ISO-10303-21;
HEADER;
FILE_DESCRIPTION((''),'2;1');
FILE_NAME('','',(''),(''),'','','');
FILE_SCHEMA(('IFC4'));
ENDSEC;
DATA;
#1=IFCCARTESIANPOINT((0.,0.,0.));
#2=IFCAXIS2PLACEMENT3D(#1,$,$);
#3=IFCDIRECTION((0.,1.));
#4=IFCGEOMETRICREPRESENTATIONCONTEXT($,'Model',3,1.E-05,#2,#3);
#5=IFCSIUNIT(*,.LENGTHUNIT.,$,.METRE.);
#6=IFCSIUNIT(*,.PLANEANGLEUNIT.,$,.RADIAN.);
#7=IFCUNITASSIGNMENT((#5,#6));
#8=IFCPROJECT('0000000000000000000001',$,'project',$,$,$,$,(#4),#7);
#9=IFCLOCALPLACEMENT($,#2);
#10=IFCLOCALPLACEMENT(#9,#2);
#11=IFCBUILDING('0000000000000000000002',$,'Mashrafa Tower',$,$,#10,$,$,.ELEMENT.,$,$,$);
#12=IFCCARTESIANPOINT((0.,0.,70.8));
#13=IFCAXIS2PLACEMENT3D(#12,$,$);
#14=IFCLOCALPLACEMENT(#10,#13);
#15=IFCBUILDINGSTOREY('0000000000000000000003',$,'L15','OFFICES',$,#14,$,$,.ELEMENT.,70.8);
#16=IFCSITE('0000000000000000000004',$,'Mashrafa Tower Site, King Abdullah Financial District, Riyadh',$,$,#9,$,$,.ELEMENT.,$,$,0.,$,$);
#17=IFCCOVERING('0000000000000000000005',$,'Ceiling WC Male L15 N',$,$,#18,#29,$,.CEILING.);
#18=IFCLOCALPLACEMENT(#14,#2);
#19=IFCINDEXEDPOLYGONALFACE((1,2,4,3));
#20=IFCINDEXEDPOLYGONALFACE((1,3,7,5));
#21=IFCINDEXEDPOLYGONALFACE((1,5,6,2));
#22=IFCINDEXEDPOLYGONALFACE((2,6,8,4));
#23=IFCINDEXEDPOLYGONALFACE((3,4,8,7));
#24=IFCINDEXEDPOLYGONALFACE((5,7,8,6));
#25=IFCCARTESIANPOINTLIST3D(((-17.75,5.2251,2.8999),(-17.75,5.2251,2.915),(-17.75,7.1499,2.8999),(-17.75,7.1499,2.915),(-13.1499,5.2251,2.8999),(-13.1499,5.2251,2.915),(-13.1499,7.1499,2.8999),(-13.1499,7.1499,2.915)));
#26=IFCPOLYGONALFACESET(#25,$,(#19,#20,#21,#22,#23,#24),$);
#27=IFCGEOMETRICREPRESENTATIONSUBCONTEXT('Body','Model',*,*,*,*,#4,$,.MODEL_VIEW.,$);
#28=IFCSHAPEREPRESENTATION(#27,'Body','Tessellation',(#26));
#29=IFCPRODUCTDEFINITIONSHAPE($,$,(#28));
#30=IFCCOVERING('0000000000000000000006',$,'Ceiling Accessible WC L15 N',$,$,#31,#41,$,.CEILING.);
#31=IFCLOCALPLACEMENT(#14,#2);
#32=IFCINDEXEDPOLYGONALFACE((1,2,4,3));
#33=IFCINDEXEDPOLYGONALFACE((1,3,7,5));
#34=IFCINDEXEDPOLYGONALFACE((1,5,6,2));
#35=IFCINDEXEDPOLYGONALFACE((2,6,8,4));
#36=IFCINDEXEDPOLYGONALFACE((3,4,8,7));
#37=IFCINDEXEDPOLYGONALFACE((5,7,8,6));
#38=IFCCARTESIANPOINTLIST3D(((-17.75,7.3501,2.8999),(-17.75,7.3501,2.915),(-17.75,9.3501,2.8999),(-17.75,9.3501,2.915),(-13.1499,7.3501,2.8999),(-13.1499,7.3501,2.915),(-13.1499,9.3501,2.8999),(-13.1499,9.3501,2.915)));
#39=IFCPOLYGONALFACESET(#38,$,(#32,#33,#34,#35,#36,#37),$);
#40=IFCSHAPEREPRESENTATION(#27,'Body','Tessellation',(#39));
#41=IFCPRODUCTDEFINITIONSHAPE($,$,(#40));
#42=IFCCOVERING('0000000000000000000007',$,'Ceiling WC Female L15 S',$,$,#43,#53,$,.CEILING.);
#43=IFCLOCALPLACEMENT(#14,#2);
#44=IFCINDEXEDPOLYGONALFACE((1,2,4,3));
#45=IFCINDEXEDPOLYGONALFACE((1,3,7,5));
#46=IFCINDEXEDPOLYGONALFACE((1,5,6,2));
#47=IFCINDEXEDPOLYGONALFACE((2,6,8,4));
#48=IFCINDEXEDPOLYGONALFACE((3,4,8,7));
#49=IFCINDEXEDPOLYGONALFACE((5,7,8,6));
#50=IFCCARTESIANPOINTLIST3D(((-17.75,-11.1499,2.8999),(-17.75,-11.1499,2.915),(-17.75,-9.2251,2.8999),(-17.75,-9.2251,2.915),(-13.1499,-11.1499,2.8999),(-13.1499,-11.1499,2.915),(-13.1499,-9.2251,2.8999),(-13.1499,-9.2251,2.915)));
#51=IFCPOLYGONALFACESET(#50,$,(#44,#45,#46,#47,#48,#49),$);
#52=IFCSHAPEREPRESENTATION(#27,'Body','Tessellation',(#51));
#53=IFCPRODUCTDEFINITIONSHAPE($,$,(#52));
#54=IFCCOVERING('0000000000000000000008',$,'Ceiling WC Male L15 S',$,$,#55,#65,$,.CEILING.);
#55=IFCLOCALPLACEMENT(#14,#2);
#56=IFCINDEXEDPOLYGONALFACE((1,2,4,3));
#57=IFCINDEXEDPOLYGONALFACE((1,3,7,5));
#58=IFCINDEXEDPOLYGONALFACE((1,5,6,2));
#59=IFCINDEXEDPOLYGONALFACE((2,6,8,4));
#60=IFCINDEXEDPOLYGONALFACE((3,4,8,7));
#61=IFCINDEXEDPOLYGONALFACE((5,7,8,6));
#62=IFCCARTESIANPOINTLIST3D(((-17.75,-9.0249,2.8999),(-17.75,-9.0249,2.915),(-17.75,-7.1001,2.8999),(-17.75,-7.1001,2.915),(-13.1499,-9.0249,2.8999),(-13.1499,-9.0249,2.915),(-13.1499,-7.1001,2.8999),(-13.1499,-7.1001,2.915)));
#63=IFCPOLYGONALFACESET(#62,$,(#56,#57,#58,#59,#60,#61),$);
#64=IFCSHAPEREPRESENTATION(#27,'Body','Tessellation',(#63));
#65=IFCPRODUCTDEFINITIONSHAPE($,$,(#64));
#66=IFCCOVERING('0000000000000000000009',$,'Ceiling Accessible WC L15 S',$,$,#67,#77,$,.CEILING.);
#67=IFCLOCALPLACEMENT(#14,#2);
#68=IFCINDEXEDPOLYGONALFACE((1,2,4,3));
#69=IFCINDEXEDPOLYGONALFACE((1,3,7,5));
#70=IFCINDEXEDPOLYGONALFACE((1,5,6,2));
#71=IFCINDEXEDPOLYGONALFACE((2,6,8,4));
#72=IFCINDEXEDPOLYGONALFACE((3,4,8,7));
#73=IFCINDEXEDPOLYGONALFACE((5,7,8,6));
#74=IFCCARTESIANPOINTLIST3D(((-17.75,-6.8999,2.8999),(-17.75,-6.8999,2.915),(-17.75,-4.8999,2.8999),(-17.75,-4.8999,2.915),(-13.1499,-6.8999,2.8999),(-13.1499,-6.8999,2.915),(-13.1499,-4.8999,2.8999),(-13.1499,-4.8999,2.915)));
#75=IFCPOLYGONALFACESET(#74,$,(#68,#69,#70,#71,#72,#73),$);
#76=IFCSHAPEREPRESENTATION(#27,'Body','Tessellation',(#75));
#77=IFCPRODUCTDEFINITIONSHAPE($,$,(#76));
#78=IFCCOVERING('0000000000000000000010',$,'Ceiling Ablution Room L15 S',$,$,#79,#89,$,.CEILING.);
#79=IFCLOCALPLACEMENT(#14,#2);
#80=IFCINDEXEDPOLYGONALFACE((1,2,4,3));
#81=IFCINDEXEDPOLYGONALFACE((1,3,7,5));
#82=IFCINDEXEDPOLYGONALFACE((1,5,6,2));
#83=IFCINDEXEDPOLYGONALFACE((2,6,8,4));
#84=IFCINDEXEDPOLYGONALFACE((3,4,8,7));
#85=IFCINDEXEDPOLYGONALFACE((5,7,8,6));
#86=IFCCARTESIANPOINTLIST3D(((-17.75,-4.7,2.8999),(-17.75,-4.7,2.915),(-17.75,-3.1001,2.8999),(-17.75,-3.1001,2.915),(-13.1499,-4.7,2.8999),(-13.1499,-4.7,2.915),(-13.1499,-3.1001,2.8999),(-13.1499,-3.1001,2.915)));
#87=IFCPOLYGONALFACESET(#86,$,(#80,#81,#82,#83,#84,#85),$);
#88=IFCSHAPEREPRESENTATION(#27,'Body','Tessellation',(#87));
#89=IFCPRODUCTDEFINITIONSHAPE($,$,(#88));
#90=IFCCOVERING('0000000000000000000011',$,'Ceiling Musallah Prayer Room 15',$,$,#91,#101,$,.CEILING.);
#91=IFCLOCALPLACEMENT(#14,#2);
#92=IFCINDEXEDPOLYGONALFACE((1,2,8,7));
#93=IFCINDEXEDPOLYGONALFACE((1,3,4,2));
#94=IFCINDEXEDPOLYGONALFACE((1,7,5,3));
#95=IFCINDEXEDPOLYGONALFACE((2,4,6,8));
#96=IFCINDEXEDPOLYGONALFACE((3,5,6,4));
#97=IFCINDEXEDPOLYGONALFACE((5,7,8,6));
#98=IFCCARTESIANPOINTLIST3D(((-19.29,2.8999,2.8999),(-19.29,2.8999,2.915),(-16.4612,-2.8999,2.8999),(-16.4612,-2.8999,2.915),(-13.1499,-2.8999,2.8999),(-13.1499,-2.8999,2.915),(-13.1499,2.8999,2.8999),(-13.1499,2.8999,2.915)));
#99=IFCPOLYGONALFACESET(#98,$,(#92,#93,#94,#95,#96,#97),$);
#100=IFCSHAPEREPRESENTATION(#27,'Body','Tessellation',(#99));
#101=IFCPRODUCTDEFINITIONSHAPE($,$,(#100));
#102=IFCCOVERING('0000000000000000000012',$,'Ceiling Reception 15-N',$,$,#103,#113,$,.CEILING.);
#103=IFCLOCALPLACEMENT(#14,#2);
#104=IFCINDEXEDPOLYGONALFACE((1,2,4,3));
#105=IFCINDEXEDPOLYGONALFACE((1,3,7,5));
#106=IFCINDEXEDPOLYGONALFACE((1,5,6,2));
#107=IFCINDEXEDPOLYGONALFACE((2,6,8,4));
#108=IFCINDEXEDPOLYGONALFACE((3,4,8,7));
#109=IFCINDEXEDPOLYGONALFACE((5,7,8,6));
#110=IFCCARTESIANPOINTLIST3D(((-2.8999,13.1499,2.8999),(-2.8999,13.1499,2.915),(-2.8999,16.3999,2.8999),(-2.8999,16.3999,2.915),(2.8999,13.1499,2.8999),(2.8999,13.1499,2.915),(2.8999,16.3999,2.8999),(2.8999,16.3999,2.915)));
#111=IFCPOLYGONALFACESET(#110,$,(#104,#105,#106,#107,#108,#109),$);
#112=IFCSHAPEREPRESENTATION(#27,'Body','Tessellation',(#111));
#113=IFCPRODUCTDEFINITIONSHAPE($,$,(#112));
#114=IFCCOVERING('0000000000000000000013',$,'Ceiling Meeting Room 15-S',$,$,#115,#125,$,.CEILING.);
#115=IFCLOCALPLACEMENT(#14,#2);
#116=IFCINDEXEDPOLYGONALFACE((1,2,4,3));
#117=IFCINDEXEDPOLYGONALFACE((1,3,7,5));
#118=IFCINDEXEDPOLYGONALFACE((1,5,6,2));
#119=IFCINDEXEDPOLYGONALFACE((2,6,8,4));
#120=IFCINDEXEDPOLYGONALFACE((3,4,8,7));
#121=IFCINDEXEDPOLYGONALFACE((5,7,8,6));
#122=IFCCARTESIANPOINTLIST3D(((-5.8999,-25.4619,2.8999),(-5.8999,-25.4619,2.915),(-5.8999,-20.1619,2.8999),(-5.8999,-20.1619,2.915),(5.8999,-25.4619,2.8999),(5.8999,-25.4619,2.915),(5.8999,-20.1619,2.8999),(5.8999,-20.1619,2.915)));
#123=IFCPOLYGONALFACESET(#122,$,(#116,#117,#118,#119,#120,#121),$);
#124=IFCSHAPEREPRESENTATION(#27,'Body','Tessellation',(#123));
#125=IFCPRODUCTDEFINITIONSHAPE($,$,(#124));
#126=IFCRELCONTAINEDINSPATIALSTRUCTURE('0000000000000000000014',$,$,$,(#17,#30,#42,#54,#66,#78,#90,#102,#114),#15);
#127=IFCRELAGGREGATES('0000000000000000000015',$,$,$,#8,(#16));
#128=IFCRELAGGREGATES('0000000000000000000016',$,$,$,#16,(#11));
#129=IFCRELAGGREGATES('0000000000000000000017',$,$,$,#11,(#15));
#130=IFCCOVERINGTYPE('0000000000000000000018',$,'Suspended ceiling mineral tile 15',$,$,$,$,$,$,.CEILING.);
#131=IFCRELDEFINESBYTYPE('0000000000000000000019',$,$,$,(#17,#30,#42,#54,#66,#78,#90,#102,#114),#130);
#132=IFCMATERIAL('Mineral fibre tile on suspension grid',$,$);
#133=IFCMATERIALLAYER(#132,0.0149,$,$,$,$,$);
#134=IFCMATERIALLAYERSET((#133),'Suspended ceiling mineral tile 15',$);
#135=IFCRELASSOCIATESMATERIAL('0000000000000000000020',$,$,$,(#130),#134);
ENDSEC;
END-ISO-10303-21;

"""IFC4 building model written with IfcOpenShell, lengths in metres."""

from ifc_helpers import new_model, si_unit, direction, frame, origin, place, context, subcontext, project, spatial, polyline, outline, extrude, material, layer, layer_set, type_object, element, save


model = new_model("IFC4")

# Units and contexts
model_context = context("Model", 3, precision=1e-05, world=origin(), true_north=direction((0.0, 1.0)))
body_context = subcontext(model_context, "Body", "Model", "MODEL_VIEW")
ifc_project = project(units=[si_unit("LENGTHUNIT", "METRE"), si_unit("PLANEANGLEUNIT", "RADIAN")], contexts=[model_context])

# Site, building, storey
site_placement = place(None, origin())
site = spatial("IfcSite", under=ifc_project, at=site_placement, Name="Mashrafa Tower Site, King Abdullah Financial District, Riyadh", CompositionType="ELEMENT", RefElevation=0.0)
building_placement = place(site_placement, origin())
building = spatial("IfcBuilding", under=site, at=building_placement, Name="Mashrafa Tower", CompositionType="ELEMENT")
storey_placement = place(building_placement, frame((0.0, 0.0, 70.8)))
storey = spatial("IfcBuildingStorey", under=building, at=storey_placement, Name="L15", Description="OFFICES", CompositionType="ELEMENT", Elevation=70.8)

# Coverings
ifc_material_1 = material(Name="Mineral fibre tile on suspension grid")
ifc_layer_1 = layer(ifc_material_1, 0.0149)
ifc_layer_set_1 = layer_set([ifc_layer_1], Name="Suspended ceiling mineral tile 15")
covering_type_1 = type_object("IfcCoveringType", Name="Suspended ceiling mineral tile 15", PredefinedType="CEILING", material=ifc_layer_set_1)
covering_1_placement = place(storey_placement, frame((0.0, 0.0, 2.8999)))
element("IfcCovering", 1, at=covering_1_placement, inside=storey, type_object=covering_type_1, Name="Ceiling WC Male L15 N", PredefinedType="CEILING", context=body_context, shape_type="SweptSolid", body=[
    extrude(outline(polyline([(-17.75, 5.2251), (-17.75, 7.1499), (-13.1499, 7.1499), (-13.1499, 5.2251), (-17.75, 5.2251)])), origin(), (0.0, 0.0, 1.0), 0.0151),
])
covering_2_placement = place(storey_placement, frame((0.0, 0.0, 2.8999)))
element("IfcCovering", 2, at=covering_2_placement, inside=storey, type_object=covering_type_1, Name="Ceiling Accessible WC L15 N", PredefinedType="CEILING", context=body_context, shape_type="SweptSolid", body=[
    extrude(outline(polyline([(-17.75, 7.3501), (-17.75, 9.3501), (-13.1499, 9.3501), (-13.1499, 7.3501), (-17.75, 7.3501)])), origin(), (0.0, 0.0, 1.0), 0.0151),
])
covering_3_placement = place(storey_placement, frame((0.0, 0.0, 2.8999)))
element("IfcCovering", 3, at=covering_3_placement, inside=storey, type_object=covering_type_1, Name="Ceiling WC Female L15 S", PredefinedType="CEILING", context=body_context, shape_type="SweptSolid", body=[
    extrude(outline(polyline([(-17.75, -11.1499), (-17.75, -9.2251), (-13.1499, -9.2251), (-13.1499, -11.1499), (-17.75, -11.1499)])), origin(), (0.0, 0.0, 1.0), 0.0151),
])
covering_4_placement = place(storey_placement, frame((0.0, 0.0, 2.8999)))
element("IfcCovering", 4, at=covering_4_placement, inside=storey, type_object=covering_type_1, Name="Ceiling WC Male L15 S", PredefinedType="CEILING", context=body_context, shape_type="SweptSolid", body=[
    extrude(outline(polyline([(-17.75, -9.0249), (-17.75, -7.1001), (-13.1499, -7.1001), (-13.1499, -9.0249), (-17.75, -9.0249)])), origin(), (0.0, 0.0, 1.0), 0.0151),
])
covering_5_placement = place(storey_placement, frame((0.0, 0.0, 2.8999)))
element("IfcCovering", 5, at=covering_5_placement, inside=storey, type_object=covering_type_1, Name="Ceiling Accessible WC L15 S", PredefinedType="CEILING", context=body_context, shape_type="SweptSolid", body=[
    extrude(outline(polyline([(-17.75, -6.8999), (-17.75, -4.8999), (-13.1499, -4.8999), (-13.1499, -6.8999), (-17.75, -6.8999)])), origin(), (0.0, 0.0, 1.0), 0.0151),
])
covering_6_placement = place(storey_placement, frame((0.0, 0.0, 2.8999)))
element("IfcCovering", 6, at=covering_6_placement, inside=storey, type_object=covering_type_1, Name="Ceiling Ablution Room L15 S", PredefinedType="CEILING", context=body_context, shape_type="SweptSolid", body=[
    extrude(outline(polyline([(-17.75, -4.7), (-17.75, -3.1001), (-13.1499, -3.1001), (-13.1499, -4.7), (-17.75, -4.7)])), origin(), (0.0, 0.0, 1.0), 0.0151),
])
covering_7_placement = place(storey_placement, frame((0.0, 0.0, 2.8999)))
element("IfcCovering", 7, at=covering_7_placement, inside=storey, type_object=covering_type_1, Name="Ceiling Musallah Prayer Room 15", PredefinedType="CEILING", context=body_context, shape_type="SweptSolid", body=[
    extrude(outline(polyline([(-16.4612, -2.8999), (-19.29, 2.8999), (-13.1499, 2.8999), (-13.1499, -2.8999), (-16.4612, -2.8999)])), origin(), (0.0, 0.0, 1.0), 0.0151),
])
covering_8_placement = place(storey_placement, frame((0.0, 0.0, 2.8999)))
element("IfcCovering", 8, at=covering_8_placement, inside=storey, type_object=covering_type_1, Name="Ceiling Reception 15-N", PredefinedType="CEILING", context=body_context, shape_type="SweptSolid", body=[
    extrude(outline(polyline([(-2.8999, 16.3999), (2.8999, 16.3999), (2.8999, 13.1499), (-2.8999, 13.1499), (-2.8999, 16.3999)])), origin(), (0.0, 0.0, 1.0), 0.0151),
])
covering_9_placement = place(storey_placement, frame((0.0, 0.0, 2.8999)))
element("IfcCovering", 9, at=covering_9_placement, inside=storey, type_object=covering_type_1, Name="Ceiling Meeting Room 15-S", PredefinedType="CEILING", context=body_context, shape_type="SweptSolid", body=[
    extrude(outline(polyline([(-5.8999, -20.1619), (5.8999, -20.1619), (5.8999, -25.4619), (-5.8999, -25.4619), (-5.8999, -20.1619)])), origin(), (0.0, 0.0, 1.0), 0.0151),
])

save(model, "model.ifc")
